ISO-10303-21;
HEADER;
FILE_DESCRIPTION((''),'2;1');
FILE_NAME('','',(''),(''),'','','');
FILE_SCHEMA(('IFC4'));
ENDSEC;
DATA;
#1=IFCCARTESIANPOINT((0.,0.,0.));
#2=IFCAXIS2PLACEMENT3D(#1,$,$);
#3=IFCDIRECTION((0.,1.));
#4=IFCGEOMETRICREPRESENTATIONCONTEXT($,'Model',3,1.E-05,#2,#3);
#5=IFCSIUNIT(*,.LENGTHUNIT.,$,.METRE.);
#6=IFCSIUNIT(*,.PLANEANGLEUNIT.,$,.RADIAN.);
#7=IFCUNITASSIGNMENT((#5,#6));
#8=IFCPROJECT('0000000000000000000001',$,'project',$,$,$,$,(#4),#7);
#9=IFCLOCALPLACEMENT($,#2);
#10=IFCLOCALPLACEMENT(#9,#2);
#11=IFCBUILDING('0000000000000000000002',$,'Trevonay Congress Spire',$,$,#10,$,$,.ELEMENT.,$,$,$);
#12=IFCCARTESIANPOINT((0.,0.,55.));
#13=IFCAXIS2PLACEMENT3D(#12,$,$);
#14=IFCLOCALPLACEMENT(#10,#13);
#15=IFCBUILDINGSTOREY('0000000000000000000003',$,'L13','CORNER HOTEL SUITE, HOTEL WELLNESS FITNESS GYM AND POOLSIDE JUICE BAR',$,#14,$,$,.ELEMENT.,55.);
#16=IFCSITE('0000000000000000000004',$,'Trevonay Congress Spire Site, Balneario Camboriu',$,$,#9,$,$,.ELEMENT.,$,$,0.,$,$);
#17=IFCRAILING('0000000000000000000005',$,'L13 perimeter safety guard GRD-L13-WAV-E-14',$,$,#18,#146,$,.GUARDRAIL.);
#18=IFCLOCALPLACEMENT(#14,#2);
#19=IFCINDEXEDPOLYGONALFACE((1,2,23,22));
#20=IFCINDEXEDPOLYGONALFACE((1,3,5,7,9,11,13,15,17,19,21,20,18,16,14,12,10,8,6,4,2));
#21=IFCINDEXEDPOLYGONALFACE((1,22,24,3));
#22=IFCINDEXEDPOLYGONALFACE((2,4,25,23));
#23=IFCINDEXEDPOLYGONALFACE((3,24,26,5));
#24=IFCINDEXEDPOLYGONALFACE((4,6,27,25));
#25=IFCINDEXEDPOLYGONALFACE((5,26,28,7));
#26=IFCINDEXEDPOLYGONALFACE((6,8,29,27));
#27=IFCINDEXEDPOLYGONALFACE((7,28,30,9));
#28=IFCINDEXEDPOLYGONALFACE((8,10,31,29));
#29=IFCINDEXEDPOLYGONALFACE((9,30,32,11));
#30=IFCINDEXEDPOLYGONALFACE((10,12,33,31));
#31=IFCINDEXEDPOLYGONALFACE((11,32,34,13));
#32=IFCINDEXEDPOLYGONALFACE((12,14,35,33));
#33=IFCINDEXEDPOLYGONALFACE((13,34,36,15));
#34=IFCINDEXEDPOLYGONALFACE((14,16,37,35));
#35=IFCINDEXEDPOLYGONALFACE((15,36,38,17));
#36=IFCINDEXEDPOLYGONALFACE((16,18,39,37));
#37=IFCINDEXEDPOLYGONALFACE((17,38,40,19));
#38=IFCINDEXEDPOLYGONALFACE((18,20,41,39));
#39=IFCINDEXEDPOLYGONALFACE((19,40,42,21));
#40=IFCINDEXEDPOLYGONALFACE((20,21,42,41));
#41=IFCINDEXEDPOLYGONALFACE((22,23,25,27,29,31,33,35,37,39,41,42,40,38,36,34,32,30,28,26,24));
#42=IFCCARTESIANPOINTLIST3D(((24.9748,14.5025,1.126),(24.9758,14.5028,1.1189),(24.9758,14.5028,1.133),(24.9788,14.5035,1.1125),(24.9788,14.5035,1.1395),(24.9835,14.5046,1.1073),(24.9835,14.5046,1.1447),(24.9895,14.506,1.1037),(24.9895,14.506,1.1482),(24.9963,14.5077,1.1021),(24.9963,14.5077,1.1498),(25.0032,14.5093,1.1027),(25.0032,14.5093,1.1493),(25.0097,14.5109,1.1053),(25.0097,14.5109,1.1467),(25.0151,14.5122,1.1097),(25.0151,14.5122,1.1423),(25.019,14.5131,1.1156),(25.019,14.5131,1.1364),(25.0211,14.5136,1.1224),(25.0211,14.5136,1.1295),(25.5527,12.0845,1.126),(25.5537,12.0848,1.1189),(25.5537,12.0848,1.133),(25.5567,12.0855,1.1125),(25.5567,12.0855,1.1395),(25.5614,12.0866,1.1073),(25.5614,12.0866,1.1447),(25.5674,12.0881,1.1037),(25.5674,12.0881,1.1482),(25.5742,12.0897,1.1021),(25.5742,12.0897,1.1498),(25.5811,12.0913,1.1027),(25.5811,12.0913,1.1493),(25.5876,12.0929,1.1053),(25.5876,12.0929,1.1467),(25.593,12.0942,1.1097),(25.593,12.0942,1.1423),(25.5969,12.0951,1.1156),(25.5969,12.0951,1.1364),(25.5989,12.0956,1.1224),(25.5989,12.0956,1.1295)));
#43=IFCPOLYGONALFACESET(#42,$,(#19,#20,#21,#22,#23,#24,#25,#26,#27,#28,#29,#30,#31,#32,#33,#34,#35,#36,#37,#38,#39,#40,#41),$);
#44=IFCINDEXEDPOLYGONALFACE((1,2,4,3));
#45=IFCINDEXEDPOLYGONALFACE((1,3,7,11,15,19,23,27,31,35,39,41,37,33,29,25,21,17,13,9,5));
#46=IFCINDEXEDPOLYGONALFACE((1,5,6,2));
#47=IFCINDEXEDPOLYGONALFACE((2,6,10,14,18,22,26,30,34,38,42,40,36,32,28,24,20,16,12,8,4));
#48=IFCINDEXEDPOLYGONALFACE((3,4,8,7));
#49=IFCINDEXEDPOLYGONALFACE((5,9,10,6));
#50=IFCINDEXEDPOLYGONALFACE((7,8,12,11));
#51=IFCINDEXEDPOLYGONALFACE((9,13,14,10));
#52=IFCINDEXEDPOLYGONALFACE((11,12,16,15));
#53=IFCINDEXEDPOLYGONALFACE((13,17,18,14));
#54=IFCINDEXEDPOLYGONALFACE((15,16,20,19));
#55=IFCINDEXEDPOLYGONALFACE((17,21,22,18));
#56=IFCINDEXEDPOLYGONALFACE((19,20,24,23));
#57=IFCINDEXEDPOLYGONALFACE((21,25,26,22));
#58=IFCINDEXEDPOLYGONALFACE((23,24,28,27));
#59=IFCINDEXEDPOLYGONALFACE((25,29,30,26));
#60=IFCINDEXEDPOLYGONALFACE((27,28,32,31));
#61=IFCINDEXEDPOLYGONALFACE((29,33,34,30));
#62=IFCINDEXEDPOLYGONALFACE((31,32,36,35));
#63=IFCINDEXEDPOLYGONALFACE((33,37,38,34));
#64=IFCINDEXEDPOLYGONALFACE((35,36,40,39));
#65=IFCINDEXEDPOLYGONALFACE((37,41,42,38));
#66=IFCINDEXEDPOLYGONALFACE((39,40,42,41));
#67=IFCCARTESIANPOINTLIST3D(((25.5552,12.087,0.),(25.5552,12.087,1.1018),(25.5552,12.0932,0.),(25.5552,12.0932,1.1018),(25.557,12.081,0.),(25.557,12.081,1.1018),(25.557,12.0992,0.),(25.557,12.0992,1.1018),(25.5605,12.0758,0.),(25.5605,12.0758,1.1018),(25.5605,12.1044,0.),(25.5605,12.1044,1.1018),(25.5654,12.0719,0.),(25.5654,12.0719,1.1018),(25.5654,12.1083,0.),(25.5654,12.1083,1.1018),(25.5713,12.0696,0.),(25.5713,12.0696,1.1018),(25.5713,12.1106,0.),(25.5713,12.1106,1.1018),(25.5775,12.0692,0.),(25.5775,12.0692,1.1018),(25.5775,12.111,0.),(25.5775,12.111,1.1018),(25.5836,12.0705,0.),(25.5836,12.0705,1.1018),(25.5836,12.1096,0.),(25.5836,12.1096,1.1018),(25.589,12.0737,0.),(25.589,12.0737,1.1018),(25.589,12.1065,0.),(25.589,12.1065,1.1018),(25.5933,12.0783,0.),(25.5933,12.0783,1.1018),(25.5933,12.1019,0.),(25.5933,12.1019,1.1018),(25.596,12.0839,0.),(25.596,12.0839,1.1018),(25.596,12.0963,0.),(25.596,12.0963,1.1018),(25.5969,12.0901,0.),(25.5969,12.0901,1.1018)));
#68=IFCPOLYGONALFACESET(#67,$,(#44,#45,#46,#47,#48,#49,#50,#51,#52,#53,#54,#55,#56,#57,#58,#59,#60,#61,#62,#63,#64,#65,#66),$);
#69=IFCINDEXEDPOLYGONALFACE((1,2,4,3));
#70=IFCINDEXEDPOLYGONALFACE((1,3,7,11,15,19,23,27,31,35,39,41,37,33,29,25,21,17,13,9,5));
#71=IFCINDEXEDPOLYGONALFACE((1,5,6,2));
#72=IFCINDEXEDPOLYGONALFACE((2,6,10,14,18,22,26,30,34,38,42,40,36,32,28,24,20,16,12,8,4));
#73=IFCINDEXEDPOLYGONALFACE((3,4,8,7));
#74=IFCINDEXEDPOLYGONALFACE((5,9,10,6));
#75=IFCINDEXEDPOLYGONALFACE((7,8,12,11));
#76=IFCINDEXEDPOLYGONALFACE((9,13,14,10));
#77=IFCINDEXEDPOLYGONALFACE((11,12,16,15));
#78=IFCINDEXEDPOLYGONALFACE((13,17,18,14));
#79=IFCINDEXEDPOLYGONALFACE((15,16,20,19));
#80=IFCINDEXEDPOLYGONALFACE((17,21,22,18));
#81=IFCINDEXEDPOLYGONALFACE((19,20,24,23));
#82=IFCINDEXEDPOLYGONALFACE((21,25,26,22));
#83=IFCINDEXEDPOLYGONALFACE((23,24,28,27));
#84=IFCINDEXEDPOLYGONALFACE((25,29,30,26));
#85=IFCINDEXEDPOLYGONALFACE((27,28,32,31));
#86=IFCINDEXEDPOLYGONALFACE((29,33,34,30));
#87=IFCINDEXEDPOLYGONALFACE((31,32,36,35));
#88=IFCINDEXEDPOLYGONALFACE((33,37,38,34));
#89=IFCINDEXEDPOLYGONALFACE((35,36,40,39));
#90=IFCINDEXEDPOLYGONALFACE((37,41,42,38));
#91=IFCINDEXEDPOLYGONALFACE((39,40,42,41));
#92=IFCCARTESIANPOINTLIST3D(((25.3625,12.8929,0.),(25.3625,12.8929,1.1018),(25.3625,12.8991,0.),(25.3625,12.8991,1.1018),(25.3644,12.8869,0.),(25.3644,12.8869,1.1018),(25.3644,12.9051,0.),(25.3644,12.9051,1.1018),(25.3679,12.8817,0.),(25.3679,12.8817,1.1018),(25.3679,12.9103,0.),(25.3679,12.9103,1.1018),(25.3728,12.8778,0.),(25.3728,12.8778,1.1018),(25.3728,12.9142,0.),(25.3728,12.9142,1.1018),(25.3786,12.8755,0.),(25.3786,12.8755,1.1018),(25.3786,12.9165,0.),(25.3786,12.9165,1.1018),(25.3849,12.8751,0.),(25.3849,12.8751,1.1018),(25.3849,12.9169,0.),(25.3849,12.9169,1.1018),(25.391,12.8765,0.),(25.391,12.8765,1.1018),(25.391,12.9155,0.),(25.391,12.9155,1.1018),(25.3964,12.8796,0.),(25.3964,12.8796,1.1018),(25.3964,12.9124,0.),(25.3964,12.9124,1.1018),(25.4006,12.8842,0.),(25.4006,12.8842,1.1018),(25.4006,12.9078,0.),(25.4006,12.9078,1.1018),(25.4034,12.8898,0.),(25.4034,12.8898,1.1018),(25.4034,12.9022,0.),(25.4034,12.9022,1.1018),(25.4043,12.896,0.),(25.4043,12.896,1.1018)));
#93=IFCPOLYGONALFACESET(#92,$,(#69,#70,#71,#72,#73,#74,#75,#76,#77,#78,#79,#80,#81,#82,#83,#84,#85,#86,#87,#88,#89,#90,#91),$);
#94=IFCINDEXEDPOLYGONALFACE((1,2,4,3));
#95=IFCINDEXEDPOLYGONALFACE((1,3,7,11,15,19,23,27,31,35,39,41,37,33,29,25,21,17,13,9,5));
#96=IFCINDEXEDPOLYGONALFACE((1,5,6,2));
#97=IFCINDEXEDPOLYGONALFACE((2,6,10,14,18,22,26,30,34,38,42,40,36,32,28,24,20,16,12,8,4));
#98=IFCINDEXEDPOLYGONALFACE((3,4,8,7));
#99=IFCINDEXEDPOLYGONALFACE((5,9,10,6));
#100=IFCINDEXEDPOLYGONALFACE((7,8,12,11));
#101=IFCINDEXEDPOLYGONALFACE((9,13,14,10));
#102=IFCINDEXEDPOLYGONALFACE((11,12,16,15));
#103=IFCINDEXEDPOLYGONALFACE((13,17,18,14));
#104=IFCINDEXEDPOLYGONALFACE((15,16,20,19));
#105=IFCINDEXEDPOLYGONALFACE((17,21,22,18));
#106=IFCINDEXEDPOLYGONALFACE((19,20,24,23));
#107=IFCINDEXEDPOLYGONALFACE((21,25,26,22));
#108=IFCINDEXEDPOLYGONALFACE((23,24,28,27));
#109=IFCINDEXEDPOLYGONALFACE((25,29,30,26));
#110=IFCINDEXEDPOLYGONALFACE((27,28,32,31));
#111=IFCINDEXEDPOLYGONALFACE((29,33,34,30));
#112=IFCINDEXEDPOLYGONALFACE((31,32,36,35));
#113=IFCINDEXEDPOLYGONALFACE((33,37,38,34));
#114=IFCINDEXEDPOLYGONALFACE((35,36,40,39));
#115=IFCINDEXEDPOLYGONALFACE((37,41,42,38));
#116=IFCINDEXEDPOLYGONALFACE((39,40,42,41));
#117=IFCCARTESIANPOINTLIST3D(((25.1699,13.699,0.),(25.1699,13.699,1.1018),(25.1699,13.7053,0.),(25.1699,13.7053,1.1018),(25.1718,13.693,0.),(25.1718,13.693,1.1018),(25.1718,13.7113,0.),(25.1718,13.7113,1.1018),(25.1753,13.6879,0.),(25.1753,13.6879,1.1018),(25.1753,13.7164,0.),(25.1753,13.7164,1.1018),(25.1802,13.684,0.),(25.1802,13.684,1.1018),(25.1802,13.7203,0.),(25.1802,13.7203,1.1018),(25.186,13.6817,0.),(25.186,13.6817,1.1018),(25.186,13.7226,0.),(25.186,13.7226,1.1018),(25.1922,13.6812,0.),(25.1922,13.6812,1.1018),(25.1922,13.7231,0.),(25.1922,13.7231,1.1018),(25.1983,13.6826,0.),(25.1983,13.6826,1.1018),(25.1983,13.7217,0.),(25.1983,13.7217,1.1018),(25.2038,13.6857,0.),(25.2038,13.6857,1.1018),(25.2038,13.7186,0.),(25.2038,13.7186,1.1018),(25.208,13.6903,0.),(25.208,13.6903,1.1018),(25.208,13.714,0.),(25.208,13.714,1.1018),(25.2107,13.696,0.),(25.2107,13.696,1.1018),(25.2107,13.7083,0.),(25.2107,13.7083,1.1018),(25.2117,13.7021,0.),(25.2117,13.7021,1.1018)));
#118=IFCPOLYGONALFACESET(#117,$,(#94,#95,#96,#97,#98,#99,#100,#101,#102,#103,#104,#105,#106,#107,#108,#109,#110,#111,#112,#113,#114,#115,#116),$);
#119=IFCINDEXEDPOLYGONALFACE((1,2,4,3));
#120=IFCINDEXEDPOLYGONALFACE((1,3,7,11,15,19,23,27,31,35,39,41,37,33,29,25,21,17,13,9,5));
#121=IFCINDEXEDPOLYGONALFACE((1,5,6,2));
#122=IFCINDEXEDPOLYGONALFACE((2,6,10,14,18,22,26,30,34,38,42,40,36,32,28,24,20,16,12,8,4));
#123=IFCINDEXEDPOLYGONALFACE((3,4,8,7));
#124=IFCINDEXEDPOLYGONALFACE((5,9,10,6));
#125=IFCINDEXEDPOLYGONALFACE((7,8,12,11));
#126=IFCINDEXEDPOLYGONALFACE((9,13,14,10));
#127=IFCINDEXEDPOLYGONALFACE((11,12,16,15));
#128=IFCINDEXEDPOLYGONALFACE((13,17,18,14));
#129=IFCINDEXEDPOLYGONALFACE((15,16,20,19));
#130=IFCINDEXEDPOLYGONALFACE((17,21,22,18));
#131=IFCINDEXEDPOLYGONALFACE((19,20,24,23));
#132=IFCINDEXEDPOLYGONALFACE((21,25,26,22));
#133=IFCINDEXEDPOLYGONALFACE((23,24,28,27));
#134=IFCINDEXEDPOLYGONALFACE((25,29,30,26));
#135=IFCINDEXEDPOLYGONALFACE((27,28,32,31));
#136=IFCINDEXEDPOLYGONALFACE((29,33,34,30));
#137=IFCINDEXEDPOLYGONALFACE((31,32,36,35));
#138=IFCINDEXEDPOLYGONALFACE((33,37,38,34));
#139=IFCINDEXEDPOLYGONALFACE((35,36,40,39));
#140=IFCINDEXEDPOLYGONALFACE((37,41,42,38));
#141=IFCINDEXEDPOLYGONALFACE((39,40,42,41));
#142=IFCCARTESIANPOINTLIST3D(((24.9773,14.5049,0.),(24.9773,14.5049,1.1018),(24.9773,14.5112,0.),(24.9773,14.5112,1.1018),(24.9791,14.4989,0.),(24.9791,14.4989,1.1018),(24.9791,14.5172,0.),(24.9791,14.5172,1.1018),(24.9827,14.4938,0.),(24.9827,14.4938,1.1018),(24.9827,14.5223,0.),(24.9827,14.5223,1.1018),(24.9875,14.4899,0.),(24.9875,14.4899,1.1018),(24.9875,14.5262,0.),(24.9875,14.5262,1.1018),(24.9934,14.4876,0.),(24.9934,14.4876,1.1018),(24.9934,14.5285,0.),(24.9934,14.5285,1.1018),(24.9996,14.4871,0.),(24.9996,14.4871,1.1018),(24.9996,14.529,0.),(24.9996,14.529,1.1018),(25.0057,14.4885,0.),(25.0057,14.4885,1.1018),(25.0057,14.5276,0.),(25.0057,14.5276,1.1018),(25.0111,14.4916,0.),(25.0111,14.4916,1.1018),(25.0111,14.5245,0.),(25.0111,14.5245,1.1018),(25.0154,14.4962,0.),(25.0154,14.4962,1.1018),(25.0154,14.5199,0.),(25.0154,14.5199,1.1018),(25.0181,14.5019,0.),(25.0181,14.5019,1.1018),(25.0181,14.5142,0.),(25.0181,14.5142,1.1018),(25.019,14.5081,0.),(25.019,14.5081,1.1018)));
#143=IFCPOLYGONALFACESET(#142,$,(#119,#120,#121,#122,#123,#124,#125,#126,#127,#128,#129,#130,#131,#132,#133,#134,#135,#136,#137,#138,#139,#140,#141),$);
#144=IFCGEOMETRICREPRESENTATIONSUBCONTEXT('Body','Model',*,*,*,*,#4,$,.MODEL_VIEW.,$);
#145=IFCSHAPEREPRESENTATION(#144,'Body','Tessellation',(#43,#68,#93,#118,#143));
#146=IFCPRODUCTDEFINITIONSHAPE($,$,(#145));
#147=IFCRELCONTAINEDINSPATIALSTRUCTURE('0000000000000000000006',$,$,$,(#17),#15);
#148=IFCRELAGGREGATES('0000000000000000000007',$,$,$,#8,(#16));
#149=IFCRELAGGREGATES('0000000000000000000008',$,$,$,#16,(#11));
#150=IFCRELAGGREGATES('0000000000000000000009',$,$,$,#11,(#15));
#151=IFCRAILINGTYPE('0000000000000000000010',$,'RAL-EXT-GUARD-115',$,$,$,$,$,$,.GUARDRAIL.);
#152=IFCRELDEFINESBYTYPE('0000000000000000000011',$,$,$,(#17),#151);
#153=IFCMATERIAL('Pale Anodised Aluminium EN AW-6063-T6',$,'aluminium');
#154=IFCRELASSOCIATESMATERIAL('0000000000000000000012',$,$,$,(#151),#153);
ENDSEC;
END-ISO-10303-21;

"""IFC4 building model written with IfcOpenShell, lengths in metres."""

from ifc_helpers import new_model, si_unit, direction, frame, origin, origin_2d, place, context, subcontext, project, spatial, circle, extrude, material, type_object, element, save


model = new_model("IFC4")

# Units and contexts
model_context = context("Model", 3, precision=1e-05, world=origin(), true_north=direction((0.0, 1.0)))
body_context = subcontext(model_context, "Body", "Model", "MODEL_VIEW")
ifc_project = project(units=[si_unit("LENGTHUNIT", "METRE"), si_unit("PLANEANGLEUNIT", "RADIAN")], contexts=[model_context])

# Site, building, storey
site_placement = place(None, origin())
site = spatial("IfcSite", under=ifc_project, at=site_placement, Name="Trevonay Congress Spire Site, Balneario Camboriu", CompositionType="ELEMENT", RefElevation=0.0)
building_placement = place(site_placement, origin())
building = spatial("IfcBuilding", under=site, at=building_placement, Name="Trevonay Congress Spire", CompositionType="ELEMENT")
storey_placement = place(building_placement, frame((0.0, 0.0, 55.0)))
storey = spatial("IfcBuildingStorey", under=building, at=storey_placement, Name="L13", Description="CORNER HOTEL SUITE, HOTEL WELLNESS FITNESS GYM AND POOLSIDE JUICE BAR", CompositionType="ELEMENT", Elevation=55.0)

# Shared definitions
ifc_material_1 = material(Name="Pale Anodised Aluminium EN AW-6063-T6", Category="aluminium")

# Railing
railing_type = type_object("IfcRailingType", Name="RAL-EXT-GUARD-115", PredefinedType="GUARDRAIL", material=ifc_material_1)
railing_1_placement = place(storey_placement, frame((25.5759, 12.0901, 0.0)))
element("IfcRailing", 1, at=railing_1_placement, inside=storey, type_object=railing_type, Name="L13 perimeter safety guard GRD-L13-WAV-E-14", PredefinedType="GUARDRAIL", context=body_context, shape_type="SweptSolid", body=[
    extrude(circle(Radius=0.0239, at=origin_2d()), frame((0.0, 0.0, 1.126), z_axis=(-0.232448, 0.972609, 0.0), x_axis=(-0.972609, -0.232448, 0.0)), (0.0, 0.0, 1.0), 2.4861),
    extrude(circle(Radius=0.021, at=origin_2d()), origin(), (0.0, 0.0, 1.0), 1.1018),
    extrude(circle(Radius=0.021, at=origin_2d()), frame((-0.1926, 0.8059, 0.0)), (0.0, 0.0, 1.0), 1.1018),
    extrude(circle(Radius=0.021, at=origin_2d()), frame((-0.3853, 1.6121, 0.0)), (0.0, 0.0, 1.0), 1.1018),
    extrude(circle(Radius=0.021, at=origin_2d()), frame((-0.5779, 2.418, 0.0)), (0.0, 0.0, 1.0), 1.1018),
])

save(model, "model.ifc")
